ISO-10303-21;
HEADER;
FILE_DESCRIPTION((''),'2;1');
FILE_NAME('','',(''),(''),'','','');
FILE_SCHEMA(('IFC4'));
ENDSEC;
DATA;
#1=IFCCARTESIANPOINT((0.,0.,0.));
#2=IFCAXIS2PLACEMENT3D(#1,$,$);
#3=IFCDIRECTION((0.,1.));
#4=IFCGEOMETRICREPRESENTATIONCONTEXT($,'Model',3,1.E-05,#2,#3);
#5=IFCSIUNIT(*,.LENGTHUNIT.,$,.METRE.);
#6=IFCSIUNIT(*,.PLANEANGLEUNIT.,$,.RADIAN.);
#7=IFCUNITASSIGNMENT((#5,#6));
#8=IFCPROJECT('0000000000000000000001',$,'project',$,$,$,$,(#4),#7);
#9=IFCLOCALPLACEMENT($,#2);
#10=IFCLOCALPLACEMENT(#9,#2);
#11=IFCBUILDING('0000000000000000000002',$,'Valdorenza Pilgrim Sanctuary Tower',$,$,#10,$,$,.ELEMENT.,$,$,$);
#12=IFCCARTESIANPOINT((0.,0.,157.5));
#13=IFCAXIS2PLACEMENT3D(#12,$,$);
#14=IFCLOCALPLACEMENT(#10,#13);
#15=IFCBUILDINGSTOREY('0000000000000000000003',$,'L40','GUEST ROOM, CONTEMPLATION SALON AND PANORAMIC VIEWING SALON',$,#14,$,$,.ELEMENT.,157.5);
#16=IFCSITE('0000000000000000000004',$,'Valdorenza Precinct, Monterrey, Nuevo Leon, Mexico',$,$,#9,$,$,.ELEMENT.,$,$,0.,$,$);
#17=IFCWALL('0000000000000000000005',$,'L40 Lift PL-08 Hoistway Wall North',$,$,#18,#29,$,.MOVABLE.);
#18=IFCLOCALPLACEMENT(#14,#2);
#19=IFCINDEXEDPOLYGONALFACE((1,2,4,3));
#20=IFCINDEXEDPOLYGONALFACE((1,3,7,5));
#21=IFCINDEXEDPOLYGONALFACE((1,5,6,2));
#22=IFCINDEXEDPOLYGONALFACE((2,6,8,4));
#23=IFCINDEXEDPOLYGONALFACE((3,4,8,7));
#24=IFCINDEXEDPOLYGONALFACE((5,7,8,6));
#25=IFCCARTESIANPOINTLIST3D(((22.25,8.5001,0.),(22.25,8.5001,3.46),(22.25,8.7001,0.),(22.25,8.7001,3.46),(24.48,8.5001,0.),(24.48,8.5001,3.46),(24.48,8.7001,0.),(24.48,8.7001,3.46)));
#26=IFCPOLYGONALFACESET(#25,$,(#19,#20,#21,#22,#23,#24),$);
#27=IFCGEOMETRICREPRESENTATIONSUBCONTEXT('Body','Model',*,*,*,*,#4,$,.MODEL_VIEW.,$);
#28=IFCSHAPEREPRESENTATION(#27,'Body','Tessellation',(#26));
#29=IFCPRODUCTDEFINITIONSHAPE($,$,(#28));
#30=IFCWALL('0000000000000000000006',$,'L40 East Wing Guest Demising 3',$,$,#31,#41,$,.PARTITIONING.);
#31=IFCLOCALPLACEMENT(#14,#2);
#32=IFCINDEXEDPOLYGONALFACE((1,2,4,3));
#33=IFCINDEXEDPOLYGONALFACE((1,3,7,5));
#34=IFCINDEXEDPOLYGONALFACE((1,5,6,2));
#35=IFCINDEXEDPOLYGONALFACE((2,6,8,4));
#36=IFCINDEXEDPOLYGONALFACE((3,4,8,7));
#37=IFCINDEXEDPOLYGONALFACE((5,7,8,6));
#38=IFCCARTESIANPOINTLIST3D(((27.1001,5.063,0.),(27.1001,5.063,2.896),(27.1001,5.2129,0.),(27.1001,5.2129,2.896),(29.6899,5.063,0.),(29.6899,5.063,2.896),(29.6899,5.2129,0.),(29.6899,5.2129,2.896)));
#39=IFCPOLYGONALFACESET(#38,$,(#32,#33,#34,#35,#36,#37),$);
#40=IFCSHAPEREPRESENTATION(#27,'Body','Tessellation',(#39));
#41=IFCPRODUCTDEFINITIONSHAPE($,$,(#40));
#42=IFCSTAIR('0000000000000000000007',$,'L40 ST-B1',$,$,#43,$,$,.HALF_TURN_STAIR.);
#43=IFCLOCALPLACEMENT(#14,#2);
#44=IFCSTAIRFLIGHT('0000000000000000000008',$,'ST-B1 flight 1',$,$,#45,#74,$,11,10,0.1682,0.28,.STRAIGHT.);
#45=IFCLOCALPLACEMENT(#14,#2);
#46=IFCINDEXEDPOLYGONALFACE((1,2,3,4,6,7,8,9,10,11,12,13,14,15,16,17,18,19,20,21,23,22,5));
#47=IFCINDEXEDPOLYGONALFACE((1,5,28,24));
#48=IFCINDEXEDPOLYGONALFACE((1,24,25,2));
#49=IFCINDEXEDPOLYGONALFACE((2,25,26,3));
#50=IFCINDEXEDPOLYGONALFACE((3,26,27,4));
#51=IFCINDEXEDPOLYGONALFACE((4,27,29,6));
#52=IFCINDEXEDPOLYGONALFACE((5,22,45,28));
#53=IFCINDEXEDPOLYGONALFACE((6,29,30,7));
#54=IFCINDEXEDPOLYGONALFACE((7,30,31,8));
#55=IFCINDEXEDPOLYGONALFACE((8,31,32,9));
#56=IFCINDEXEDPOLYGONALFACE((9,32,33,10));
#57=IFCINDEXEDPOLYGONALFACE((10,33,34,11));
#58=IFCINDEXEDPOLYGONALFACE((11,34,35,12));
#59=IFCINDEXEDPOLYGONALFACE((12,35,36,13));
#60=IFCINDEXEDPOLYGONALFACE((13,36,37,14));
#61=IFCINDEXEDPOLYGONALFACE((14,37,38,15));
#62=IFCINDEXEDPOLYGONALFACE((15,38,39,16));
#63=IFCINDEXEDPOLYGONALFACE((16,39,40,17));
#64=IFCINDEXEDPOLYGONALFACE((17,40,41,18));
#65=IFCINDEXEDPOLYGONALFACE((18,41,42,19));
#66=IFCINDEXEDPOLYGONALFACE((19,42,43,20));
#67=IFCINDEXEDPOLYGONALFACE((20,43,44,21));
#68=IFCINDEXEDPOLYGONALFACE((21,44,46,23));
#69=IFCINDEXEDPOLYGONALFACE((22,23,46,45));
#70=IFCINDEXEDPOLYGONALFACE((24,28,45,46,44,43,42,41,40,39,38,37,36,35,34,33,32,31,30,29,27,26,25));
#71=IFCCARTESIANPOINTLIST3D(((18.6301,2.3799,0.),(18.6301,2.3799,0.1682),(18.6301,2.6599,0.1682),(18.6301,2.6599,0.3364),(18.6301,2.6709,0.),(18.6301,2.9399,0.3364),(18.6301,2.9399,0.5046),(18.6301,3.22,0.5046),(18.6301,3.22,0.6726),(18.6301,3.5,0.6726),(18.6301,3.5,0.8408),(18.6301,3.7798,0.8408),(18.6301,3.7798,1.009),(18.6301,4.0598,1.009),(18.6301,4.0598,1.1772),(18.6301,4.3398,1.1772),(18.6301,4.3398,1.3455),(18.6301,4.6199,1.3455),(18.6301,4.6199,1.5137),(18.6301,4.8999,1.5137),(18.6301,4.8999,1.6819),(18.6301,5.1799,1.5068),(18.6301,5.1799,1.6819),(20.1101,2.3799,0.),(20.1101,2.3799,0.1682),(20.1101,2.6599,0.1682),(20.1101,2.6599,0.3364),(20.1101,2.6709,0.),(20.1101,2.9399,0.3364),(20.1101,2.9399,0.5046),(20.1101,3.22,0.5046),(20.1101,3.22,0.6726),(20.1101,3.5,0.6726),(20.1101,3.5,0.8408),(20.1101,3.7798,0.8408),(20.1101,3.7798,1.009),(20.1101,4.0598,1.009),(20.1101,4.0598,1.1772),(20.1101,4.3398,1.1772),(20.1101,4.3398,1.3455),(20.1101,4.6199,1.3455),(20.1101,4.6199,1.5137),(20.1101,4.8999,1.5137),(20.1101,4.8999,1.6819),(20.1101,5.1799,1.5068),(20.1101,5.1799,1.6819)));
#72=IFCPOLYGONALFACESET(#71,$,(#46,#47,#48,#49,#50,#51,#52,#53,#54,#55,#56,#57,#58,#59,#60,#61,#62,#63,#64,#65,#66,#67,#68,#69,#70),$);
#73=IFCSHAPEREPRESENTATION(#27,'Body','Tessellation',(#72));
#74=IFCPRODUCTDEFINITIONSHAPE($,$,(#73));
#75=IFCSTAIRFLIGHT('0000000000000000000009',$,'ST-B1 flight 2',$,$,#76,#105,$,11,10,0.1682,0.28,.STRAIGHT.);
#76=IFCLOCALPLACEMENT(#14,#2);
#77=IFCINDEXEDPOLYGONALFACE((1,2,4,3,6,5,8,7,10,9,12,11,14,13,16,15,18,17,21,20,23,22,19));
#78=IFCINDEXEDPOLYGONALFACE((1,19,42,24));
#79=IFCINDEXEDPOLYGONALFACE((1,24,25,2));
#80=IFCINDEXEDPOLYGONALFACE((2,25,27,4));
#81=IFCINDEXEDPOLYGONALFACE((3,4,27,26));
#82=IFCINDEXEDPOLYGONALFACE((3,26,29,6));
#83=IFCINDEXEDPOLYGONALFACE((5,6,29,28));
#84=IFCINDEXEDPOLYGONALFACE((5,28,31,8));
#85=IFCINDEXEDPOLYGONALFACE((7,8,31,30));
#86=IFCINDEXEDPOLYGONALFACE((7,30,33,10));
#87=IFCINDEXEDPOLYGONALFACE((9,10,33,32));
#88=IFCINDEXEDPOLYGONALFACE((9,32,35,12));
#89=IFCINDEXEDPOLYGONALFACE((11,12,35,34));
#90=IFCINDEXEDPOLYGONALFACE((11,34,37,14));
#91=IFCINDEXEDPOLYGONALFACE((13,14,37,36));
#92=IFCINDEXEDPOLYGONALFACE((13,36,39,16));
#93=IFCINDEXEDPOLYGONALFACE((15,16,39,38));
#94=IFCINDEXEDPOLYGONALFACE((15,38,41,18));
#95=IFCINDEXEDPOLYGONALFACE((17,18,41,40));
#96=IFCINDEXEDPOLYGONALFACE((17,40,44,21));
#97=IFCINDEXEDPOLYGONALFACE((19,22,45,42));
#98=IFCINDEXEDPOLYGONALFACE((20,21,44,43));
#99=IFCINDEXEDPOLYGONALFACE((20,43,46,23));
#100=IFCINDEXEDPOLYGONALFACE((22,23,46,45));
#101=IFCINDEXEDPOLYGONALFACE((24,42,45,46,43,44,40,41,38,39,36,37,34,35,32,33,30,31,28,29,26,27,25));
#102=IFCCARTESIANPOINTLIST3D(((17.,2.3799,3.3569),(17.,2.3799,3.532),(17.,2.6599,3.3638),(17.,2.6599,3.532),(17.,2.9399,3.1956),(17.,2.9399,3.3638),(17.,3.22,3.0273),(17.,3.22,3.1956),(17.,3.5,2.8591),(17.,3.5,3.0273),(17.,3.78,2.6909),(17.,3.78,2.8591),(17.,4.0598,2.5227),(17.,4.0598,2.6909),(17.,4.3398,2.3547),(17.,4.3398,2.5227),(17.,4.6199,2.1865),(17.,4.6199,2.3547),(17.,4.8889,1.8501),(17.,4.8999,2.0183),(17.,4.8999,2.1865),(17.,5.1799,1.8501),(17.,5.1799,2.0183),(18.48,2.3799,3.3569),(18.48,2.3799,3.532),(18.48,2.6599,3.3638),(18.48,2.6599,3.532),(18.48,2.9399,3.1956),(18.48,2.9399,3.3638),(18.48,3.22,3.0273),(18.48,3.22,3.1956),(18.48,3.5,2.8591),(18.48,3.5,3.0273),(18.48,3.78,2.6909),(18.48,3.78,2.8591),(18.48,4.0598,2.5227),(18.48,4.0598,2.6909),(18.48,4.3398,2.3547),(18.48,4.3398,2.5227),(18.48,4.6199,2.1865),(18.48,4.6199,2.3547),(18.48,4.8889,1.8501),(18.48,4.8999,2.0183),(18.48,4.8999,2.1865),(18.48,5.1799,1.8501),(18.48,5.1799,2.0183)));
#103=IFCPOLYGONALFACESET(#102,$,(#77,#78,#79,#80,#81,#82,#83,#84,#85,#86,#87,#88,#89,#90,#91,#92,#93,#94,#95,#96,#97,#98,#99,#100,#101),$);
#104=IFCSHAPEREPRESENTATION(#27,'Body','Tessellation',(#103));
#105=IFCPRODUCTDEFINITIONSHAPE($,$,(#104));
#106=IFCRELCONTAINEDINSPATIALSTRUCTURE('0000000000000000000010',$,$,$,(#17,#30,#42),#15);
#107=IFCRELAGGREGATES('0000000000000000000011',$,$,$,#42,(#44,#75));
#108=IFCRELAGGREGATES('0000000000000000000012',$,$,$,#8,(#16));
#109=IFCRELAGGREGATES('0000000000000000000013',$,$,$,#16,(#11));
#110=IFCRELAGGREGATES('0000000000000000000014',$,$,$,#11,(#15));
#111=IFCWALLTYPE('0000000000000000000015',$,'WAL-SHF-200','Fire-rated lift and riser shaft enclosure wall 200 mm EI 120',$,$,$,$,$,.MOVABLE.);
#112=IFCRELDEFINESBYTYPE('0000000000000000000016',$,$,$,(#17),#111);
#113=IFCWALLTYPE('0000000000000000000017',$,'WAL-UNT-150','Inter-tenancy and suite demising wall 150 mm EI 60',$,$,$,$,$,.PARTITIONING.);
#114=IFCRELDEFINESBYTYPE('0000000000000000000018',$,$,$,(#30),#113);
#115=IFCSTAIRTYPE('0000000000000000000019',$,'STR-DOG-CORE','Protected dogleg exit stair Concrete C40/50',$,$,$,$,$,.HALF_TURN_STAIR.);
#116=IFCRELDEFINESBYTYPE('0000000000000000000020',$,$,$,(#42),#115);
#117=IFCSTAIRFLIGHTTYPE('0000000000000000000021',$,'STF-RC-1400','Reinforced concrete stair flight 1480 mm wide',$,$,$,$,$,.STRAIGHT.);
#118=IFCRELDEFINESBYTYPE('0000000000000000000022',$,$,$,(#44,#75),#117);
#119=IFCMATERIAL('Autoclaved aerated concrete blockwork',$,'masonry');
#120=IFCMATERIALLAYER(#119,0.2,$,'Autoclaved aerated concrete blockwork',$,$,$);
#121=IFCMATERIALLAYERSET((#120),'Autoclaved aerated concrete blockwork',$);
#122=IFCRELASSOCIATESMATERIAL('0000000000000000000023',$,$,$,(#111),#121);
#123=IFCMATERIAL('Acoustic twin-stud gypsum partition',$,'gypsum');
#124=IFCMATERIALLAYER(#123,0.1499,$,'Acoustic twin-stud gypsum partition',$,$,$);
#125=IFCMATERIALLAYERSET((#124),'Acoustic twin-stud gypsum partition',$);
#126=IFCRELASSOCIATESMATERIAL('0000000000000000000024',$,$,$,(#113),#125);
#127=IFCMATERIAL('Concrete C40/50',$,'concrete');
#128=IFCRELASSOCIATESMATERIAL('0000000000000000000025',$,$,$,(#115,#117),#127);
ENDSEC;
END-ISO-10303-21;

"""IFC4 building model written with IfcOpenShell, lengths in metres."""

from ifc_helpers import new_model, si_unit, direction, frame, frame_2d, origin, place, context, subcontext, project, spatial, polyline, rectangle, outline, extrude, material, layer, layer_set, type_object, element, aggregate, save


model = new_model("IFC4")

# Units and contexts
model_context = context("Model", 3, precision=1e-05, world=origin(), true_north=direction((0.0, 1.0)))
body_context = subcontext(model_context, "Body", "Model", "MODEL_VIEW")
ifc_project = project(units=[si_unit("LENGTHUNIT", "METRE"), si_unit("PLANEANGLEUNIT", "RADIAN")], contexts=[model_context])

# Site, building, storey
site_placement = place(None, origin())
site = spatial("IfcSite", under=ifc_project, at=site_placement, Name="Valdorenza Precinct, Monterrey, Nuevo Leon, Mexico", CompositionType="ELEMENT", RefElevation=0.0)
building_placement = place(site_placement, origin())
building = spatial("IfcBuilding", under=site, at=building_placement, Name="Valdorenza Pilgrim Sanctuary Tower", CompositionType="ELEMENT")
storey_placement = place(building_placement, frame((0.0, 0.0, 157.5)))
storey = spatial("IfcBuildingStorey", under=building, at=storey_placement, Name="L40", Description="GUEST ROOM, CONTEMPLATION SALON AND PANORAMIC VIEWING SALON", CompositionType="ELEMENT", Elevation=157.5)

# Shared definitions
ifc_material_1 = material(Name="Acoustic twin-stud gypsum partition", Category="gypsum")

# Shared definitions
ifc_material_2 = material(Name="Autoclaved aerated concrete blockwork", Category="masonry")
ifc_layer_1 = layer(ifc_material_2, 0.2, Name="Autoclaved aerated concrete blockwork")
ifc_layer_set_1 = layer_set([ifc_layer_1], Name="Autoclaved aerated concrete blockwork")
wall_type_1 = type_object("IfcWallType", Name="WAL-SHF-200", Description="Fire-rated lift and riser shaft enclosure wall 200 mm EI 120", PredefinedType="MOVABLE", material=ifc_layer_set_1)

# Walls
wall_1_placement = place(storey_placement, frame((22.25, 8.6001, 0.0), z_axis=(0.0, 0.0, 1.0), x_axis=(1.0, 0.0, 0.0)))
element("IfcWall", 1, at=wall_1_placement, inside=storey, type_object=wall_type_1, Name="L40 Lift PL-08 Hoistway Wall North", PredefinedType="MOVABLE", context=body_context, shape_type="SweptSolid", body=[
    extrude(rectangle(XDim=2.23, YDim=0.2, at=frame_2d((1.115, 0.0))), origin(), (0.0, 0.0, 1.0), 3.46),
])
ifc_layer_2 = layer(ifc_material_1, 0.1499, Name="Acoustic twin-stud gypsum partition")
ifc_layer_set_2 = layer_set([ifc_layer_2], Name="Acoustic twin-stud gypsum partition")
wall_type_2 = type_object("IfcWallType", Name="WAL-UNT-150", Description="Inter-tenancy and suite demising wall 150 mm EI 60", PredefinedType="PARTITIONING", material=ifc_layer_set_2)
wall_2_placement = place(storey_placement, frame((27.1001, 5.1379, 0.0), z_axis=(0.0, 0.0, 1.0), x_axis=(1.0, 0.0, 0.0)))
element("IfcWall", 2, at=wall_2_placement, inside=storey, type_object=wall_type_2, Name="L40 East Wing Guest Demising 3", PredefinedType="PARTITIONING", context=body_context, shape_type="SweptSolid", body=[
    extrude(rectangle(XDim=2.5898, YDim=0.1499, at=frame_2d((1.2949, 0.0))), origin(), (0.0, 0.0, 1.0), 2.896),
])

# Stair, stair flights
ifc_material_3 = material(Name="Concrete C40/50", Category="concrete")
stair_type = type_object("IfcStairType", Name="STR-DOG-CORE", Description="Protected dogleg exit stair Concrete C40/50", PredefinedType="HALF_TURN_STAIR", material=ifc_material_3)
stair_placement = place(storey_placement, origin())
stair = element("IfcStair", 3, at=stair_placement, inside=storey, type_object=stair_type, Name="L40 ST-B1", PredefinedType="HALF_TURN_STAIR")
stair_flight_type = type_object("IfcStairFlightType", Name="STF-RC-1400", Description="Reinforced concrete stair flight 1480 mm wide", PredefinedType="STRAIGHT", material=ifc_material_3)
stair_flight_1_placement = place(storey_placement, frame((19.3701, 2.3799, 0.0), z_axis=(0.0, 0.0, 1.0), x_axis=(0.0, 1.0, 0.0)))
stair_flight_1 = element("IfcStairFlight", 4, at=stair_flight_1_placement, type_object=stair_flight_type, Name="ST-B1 flight 1", NumberOfRisers=11, NumberOfTreads=10, PredefinedType="STRAIGHT", RiserHeight=0.1682, TreadLength=0.28, context=body_context, shape_type="SweptSolid", body=[
    extrude(outline(polyline([(0.0, 0.0), (0.0, 0.1682), (0.28, 0.1682), (0.28, 0.3364), (0.5601, 0.3364), (0.5601, 0.5046), (0.8401, 0.5046), (0.8401, 0.6726), (1.1201, 0.6726), (1.1201, 0.8408), (1.3999, 0.8408), (1.3999, 1.009), (1.6799, 1.009), (1.6799, 1.1772), (1.96, 1.1772), (1.96, 1.3455), (2.24, 1.3455), (2.24, 1.5137), (2.52, 1.5137), (2.52, 1.6819), (2.8, 1.6819), (2.8, 1.8501), (2.8, 1.5068), (0.291, 0.0), (0.0, 0.0)])), frame((0.0, 0.74, 0.0), z_axis=(0.0, -1.0, 0.0), x_axis=(1.0, 0.0, 0.0)), (0.0, 0.0, 1.0), 1.48),
])
stair_flight_2_placement = place(storey_placement, frame((17.74, 5.1799, 1.8501), z_axis=(0.0, 0.0, 1.0), x_axis=(0.0, -1.0, 0.0)))
stair_flight_2 = element("IfcStairFlight", 5, at=stair_flight_2_placement, type_object=stair_flight_type, Name="ST-B1 flight 2", NumberOfRisers=11, NumberOfTreads=10, PredefinedType="STRAIGHT", RiserHeight=0.1682, TreadLength=0.28, context=body_context, shape_type="SweptSolid", body=[
    extrude(outline(polyline([(0.0, 0.0), (0.0, 0.1682), (0.28, 0.1682), (0.28, 0.3364), (0.5601, 0.3364), (0.5601, 0.5046), (0.8401, 0.5046), (0.8401, 0.6726), (1.1201, 0.6726), (1.1201, 0.8408), (1.3999, 0.8408), (1.3999, 1.009), (1.6799, 1.009), (1.6799, 1.1772), (1.96, 1.1772), (1.96, 1.3455), (2.24, 1.3455), (2.24, 1.5137), (2.52, 1.5137), (2.52, 1.6819), (2.8, 1.6819), (2.8, 1.8501), (2.8, 1.5068), (0.291, 0.0), (0.0, 0.0)])), frame((0.0, 0.74, 0.0), z_axis=(0.0, -1.0, 0.0), x_axis=(1.0, 0.0, 0.0)), (0.0, 0.0, 1.0), 1.48),
])
aggregate(stair, [stair_flight_1, stair_flight_2])

save(model, "model.ifc")
